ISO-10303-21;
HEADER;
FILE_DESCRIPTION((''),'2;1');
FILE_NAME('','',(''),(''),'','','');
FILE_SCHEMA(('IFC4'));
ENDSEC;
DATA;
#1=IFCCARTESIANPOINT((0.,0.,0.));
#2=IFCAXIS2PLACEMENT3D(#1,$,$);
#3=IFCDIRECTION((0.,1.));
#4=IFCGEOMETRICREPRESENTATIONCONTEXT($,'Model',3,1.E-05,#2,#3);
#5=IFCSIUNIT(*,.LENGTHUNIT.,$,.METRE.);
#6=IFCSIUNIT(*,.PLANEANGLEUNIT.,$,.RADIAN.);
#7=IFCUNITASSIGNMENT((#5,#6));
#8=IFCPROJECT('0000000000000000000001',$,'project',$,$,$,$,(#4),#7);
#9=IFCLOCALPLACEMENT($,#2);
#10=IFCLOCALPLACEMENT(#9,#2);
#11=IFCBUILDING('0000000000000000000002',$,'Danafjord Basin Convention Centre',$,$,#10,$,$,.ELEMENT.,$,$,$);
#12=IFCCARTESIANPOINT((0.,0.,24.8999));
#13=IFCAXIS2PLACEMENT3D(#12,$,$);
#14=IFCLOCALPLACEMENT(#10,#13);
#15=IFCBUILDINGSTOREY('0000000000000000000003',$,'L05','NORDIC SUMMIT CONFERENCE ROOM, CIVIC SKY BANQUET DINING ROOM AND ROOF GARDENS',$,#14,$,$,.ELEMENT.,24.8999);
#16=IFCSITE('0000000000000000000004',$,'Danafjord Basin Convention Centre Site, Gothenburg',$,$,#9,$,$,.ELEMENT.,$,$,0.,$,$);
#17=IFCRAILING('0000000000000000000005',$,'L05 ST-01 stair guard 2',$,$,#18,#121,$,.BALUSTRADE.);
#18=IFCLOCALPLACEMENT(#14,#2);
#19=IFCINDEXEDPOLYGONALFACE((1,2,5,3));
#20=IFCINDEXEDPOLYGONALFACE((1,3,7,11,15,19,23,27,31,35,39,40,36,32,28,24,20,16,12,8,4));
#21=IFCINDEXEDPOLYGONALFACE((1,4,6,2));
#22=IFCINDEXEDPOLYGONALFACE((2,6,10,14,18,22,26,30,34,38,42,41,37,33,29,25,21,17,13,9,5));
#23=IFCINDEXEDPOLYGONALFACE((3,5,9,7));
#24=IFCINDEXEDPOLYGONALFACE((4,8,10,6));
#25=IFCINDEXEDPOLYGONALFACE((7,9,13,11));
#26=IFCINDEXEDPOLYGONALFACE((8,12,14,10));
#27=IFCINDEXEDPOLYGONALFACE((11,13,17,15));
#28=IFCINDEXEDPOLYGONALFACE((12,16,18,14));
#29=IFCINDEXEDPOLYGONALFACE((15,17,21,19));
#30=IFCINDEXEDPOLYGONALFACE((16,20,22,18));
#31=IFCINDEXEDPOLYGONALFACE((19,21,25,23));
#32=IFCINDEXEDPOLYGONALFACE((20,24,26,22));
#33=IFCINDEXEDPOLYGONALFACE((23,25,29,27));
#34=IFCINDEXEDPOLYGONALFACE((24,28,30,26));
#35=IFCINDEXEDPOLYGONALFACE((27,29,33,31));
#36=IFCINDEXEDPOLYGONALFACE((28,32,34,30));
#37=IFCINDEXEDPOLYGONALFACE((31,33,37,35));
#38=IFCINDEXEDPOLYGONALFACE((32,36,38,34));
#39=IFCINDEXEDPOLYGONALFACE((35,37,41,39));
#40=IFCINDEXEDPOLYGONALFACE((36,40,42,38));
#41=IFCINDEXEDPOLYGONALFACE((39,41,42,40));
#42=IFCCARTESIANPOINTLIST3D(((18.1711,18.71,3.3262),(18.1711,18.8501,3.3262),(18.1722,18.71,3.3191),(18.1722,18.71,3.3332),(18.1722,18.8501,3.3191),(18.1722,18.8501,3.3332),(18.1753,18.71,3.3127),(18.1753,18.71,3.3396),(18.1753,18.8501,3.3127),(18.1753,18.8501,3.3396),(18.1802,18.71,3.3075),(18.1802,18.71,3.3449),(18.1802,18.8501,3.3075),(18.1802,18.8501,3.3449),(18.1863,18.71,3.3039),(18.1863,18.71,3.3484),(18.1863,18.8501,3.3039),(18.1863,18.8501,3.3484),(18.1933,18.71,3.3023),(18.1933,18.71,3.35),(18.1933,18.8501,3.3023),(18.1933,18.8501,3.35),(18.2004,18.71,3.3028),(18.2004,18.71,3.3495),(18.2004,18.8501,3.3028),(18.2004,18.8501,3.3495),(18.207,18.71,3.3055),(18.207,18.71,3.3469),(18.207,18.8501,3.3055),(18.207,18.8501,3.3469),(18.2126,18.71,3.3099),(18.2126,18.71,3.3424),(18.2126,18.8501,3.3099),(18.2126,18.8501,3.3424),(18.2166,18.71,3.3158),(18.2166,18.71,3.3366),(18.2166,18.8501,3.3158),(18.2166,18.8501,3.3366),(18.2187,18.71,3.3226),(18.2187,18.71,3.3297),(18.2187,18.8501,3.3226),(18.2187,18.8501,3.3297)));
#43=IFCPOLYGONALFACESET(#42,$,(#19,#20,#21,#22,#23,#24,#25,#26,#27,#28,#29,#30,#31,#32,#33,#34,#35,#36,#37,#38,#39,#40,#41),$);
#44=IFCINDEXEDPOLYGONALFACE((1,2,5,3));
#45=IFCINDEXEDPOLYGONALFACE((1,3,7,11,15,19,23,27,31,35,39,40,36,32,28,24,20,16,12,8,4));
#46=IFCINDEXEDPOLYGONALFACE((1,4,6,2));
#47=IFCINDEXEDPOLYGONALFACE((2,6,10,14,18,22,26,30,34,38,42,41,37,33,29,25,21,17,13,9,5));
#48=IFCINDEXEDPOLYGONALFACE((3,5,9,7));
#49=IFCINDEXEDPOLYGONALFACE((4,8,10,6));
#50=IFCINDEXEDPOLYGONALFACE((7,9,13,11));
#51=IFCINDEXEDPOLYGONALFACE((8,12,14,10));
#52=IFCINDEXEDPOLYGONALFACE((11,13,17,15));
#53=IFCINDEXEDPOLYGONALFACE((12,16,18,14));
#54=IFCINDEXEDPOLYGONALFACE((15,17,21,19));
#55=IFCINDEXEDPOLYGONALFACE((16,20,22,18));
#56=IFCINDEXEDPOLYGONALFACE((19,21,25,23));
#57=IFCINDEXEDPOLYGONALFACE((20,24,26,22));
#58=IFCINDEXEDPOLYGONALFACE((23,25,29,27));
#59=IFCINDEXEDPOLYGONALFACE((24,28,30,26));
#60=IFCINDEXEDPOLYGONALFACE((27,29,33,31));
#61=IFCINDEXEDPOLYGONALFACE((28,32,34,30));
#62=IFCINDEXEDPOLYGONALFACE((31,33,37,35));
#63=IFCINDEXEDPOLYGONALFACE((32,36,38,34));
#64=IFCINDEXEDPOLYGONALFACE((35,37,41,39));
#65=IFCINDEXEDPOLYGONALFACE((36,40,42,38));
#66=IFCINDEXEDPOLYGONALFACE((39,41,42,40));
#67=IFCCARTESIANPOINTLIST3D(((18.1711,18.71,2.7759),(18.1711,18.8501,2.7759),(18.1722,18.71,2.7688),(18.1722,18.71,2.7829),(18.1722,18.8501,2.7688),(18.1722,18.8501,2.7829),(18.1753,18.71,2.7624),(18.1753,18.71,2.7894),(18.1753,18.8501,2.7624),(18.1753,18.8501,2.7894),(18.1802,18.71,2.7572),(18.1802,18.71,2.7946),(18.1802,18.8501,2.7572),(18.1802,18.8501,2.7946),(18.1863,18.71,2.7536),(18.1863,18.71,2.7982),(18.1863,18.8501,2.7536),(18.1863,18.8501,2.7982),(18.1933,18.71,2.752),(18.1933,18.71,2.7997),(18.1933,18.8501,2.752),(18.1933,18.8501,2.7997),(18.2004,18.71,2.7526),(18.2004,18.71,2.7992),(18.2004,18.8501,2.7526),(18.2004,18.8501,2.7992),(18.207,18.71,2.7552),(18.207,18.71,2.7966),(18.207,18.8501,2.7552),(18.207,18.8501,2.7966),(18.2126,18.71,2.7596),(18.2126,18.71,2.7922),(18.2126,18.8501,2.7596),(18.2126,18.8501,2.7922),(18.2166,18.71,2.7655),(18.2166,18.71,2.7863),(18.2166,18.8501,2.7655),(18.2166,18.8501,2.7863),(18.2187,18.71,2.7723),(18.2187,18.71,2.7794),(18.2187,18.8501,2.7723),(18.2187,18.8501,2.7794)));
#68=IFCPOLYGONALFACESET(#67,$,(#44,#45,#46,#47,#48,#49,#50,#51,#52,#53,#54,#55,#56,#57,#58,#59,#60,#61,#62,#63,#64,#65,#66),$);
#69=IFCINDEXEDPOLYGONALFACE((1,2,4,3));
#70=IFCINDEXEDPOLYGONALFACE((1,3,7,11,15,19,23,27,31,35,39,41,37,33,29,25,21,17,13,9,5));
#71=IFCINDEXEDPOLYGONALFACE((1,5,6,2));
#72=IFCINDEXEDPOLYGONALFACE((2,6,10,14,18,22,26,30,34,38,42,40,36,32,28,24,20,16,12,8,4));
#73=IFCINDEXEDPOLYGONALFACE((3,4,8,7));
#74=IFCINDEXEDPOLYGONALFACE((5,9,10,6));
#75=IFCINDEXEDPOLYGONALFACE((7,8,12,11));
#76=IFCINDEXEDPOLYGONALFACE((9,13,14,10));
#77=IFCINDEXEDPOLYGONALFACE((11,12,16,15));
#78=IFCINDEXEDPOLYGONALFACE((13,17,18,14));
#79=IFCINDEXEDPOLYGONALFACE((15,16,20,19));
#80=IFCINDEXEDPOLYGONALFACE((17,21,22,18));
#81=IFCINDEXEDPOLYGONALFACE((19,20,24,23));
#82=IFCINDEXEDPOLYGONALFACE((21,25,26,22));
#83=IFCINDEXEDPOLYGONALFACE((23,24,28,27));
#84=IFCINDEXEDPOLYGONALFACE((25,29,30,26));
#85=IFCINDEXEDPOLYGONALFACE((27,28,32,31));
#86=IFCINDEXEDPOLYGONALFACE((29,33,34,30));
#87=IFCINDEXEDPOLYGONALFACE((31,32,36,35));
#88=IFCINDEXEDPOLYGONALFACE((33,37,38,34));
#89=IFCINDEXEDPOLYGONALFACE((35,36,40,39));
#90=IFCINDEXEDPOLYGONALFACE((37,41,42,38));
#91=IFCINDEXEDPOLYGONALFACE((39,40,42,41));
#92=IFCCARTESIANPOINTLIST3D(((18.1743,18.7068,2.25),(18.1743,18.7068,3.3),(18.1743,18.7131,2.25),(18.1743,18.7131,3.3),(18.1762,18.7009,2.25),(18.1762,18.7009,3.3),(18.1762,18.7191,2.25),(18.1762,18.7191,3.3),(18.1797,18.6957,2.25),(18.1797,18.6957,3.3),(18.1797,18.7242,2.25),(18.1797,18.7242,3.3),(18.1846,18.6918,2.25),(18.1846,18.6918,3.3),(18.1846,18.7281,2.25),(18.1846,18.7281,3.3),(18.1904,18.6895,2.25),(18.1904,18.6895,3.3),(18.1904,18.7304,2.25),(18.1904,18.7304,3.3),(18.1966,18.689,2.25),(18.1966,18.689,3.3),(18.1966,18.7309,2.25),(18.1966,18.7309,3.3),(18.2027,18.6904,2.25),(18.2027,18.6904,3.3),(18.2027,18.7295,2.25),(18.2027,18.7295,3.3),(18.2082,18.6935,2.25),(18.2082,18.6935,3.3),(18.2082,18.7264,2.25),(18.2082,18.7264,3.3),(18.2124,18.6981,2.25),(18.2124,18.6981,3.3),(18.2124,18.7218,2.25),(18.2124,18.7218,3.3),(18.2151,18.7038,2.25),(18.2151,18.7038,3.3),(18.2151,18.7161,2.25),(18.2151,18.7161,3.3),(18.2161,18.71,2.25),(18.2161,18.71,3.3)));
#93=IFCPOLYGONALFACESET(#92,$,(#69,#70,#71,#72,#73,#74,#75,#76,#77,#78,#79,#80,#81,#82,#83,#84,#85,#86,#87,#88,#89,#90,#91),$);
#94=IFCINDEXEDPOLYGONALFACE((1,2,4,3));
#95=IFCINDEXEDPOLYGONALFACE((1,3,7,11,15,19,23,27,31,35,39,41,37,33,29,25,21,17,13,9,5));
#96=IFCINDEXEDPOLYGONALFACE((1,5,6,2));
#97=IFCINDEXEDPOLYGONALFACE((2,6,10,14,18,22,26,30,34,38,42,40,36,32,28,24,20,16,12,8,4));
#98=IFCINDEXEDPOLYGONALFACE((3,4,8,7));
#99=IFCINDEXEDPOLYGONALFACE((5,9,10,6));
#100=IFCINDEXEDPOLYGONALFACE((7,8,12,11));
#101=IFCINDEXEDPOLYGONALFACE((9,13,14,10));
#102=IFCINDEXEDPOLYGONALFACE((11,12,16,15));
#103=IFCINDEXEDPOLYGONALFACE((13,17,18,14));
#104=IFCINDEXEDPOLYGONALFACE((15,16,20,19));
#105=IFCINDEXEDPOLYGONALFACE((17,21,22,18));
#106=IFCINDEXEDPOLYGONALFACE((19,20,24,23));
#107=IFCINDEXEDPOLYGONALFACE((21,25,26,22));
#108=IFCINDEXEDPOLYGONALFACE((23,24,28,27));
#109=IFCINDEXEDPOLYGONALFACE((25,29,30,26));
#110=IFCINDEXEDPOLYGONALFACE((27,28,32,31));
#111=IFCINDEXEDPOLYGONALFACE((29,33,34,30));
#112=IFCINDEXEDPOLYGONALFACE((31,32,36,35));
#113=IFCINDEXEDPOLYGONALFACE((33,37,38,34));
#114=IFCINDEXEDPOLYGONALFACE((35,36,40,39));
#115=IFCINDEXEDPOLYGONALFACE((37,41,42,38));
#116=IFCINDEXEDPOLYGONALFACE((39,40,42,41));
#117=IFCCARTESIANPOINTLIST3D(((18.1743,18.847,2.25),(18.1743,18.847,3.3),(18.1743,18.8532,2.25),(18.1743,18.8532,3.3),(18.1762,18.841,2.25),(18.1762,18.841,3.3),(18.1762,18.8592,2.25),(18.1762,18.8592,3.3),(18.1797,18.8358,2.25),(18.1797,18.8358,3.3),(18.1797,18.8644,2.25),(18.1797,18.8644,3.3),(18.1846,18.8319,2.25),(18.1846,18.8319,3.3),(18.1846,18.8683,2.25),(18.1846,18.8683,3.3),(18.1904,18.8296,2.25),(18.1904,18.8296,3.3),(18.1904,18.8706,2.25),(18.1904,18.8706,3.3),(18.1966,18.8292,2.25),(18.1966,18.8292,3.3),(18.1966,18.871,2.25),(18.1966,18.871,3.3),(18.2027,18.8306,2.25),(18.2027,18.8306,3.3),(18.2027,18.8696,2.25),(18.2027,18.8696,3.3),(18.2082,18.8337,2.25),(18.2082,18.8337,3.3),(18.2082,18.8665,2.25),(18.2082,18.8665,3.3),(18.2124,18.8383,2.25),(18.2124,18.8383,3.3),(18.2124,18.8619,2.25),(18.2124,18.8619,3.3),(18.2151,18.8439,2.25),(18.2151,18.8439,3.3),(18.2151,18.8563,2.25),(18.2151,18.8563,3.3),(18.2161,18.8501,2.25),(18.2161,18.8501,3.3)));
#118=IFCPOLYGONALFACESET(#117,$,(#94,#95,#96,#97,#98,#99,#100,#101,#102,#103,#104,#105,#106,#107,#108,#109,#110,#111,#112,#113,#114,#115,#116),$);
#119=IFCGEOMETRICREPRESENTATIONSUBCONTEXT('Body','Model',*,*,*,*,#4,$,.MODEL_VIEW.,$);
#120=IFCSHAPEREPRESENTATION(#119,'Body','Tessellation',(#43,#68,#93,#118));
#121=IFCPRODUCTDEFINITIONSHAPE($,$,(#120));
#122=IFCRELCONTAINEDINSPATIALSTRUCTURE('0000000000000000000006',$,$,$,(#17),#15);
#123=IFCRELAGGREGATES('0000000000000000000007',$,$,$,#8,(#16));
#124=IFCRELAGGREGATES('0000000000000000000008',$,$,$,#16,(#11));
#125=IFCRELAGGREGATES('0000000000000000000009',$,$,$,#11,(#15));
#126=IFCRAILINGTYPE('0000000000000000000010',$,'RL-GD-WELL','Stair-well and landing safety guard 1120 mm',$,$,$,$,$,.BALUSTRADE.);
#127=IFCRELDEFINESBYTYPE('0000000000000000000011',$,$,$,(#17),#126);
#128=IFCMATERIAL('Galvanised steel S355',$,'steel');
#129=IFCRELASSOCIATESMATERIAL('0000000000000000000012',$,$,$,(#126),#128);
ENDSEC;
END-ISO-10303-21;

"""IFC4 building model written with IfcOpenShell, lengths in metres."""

from ifc_helpers import new_model, si_unit, direction, frame, origin, origin_2d, place, context, subcontext, project, spatial, circle, extrude, material, type_object, element, save


model = new_model("IFC4")

# Units and contexts
model_context = context("Model", 3, precision=1e-05, world=origin(), true_north=direction((0.0, 1.0)))
body_context = subcontext(model_context, "Body", "Model", "MODEL_VIEW")
ifc_project = project(units=[si_unit("LENGTHUNIT", "METRE"), si_unit("PLANEANGLEUNIT", "RADIAN")], contexts=[model_context])

# Site, building, storey
site_placement = place(None, origin())
site = spatial("IfcSite", under=ifc_project, at=site_placement, Name="Danafjord Basin Convention Centre Site, Gothenburg", CompositionType="ELEMENT", RefElevation=0.0)
building_placement = place(site_placement, origin())
building = spatial("IfcBuilding", under=site, at=building_placement, Name="Danafjord Basin Convention Centre", CompositionType="ELEMENT")
storey_placement = place(building_placement, frame((0.0, 0.0, 24.8999)))
storey = spatial("IfcBuildingStorey", under=building, at=storey_placement, Name="L05", Description="NORDIC SUMMIT CONFERENCE ROOM, CIVIC SKY BANQUET DINING ROOM AND ROOF GARDENS", CompositionType="ELEMENT", Elevation=24.8999)

# Railing
ifc_material_1 = material(Name="Galvanised steel S355", Category="steel")
railing_type_1 = type_object("IfcRailingType", Name="RL-GD-WELL", Description="Stair-well and landing safety guard 1120 mm", PredefinedType="BALUSTRADE", material=ifc_material_1)
railing_1_placement = place(storey_placement, frame((18.1951, 18.71, 2.25)))
element("IfcRailing", 1, at=railing_1_placement, inside=storey, type_object=railing_type_1, Name="L05 ST-01 stair guard 2", PredefinedType="BALUSTRADE", context=body_context, shape_type="SweptSolid", body=[
    extrude(circle(Radius=0.0239, at=origin_2d()), frame((0.0, 0.0, 1.0762), z_axis=(0.0, 1.0, 0.0), x_axis=(-1.0, 0.0, 0.0)), (0.0, 0.0, 1.0), 0.1401),
    extrude(circle(Radius=0.0239, at=origin_2d()), frame((0.0, 0.0, 0.5259), z_axis=(0.0, 1.0, 0.0), x_axis=(-1.0, 0.0, 0.0)), (0.0, 0.0, 1.0), 0.1401),
    extrude(circle(Radius=0.021, at=origin_2d()), origin(), (0.0, 0.0, 1.0), 1.05),
    extrude(circle(Radius=0.021, at=origin_2d()), frame((0.0, 0.1401, 0.0)), (0.0, 0.0, 1.0), 1.05),
])

save(model, "model.ifc")
